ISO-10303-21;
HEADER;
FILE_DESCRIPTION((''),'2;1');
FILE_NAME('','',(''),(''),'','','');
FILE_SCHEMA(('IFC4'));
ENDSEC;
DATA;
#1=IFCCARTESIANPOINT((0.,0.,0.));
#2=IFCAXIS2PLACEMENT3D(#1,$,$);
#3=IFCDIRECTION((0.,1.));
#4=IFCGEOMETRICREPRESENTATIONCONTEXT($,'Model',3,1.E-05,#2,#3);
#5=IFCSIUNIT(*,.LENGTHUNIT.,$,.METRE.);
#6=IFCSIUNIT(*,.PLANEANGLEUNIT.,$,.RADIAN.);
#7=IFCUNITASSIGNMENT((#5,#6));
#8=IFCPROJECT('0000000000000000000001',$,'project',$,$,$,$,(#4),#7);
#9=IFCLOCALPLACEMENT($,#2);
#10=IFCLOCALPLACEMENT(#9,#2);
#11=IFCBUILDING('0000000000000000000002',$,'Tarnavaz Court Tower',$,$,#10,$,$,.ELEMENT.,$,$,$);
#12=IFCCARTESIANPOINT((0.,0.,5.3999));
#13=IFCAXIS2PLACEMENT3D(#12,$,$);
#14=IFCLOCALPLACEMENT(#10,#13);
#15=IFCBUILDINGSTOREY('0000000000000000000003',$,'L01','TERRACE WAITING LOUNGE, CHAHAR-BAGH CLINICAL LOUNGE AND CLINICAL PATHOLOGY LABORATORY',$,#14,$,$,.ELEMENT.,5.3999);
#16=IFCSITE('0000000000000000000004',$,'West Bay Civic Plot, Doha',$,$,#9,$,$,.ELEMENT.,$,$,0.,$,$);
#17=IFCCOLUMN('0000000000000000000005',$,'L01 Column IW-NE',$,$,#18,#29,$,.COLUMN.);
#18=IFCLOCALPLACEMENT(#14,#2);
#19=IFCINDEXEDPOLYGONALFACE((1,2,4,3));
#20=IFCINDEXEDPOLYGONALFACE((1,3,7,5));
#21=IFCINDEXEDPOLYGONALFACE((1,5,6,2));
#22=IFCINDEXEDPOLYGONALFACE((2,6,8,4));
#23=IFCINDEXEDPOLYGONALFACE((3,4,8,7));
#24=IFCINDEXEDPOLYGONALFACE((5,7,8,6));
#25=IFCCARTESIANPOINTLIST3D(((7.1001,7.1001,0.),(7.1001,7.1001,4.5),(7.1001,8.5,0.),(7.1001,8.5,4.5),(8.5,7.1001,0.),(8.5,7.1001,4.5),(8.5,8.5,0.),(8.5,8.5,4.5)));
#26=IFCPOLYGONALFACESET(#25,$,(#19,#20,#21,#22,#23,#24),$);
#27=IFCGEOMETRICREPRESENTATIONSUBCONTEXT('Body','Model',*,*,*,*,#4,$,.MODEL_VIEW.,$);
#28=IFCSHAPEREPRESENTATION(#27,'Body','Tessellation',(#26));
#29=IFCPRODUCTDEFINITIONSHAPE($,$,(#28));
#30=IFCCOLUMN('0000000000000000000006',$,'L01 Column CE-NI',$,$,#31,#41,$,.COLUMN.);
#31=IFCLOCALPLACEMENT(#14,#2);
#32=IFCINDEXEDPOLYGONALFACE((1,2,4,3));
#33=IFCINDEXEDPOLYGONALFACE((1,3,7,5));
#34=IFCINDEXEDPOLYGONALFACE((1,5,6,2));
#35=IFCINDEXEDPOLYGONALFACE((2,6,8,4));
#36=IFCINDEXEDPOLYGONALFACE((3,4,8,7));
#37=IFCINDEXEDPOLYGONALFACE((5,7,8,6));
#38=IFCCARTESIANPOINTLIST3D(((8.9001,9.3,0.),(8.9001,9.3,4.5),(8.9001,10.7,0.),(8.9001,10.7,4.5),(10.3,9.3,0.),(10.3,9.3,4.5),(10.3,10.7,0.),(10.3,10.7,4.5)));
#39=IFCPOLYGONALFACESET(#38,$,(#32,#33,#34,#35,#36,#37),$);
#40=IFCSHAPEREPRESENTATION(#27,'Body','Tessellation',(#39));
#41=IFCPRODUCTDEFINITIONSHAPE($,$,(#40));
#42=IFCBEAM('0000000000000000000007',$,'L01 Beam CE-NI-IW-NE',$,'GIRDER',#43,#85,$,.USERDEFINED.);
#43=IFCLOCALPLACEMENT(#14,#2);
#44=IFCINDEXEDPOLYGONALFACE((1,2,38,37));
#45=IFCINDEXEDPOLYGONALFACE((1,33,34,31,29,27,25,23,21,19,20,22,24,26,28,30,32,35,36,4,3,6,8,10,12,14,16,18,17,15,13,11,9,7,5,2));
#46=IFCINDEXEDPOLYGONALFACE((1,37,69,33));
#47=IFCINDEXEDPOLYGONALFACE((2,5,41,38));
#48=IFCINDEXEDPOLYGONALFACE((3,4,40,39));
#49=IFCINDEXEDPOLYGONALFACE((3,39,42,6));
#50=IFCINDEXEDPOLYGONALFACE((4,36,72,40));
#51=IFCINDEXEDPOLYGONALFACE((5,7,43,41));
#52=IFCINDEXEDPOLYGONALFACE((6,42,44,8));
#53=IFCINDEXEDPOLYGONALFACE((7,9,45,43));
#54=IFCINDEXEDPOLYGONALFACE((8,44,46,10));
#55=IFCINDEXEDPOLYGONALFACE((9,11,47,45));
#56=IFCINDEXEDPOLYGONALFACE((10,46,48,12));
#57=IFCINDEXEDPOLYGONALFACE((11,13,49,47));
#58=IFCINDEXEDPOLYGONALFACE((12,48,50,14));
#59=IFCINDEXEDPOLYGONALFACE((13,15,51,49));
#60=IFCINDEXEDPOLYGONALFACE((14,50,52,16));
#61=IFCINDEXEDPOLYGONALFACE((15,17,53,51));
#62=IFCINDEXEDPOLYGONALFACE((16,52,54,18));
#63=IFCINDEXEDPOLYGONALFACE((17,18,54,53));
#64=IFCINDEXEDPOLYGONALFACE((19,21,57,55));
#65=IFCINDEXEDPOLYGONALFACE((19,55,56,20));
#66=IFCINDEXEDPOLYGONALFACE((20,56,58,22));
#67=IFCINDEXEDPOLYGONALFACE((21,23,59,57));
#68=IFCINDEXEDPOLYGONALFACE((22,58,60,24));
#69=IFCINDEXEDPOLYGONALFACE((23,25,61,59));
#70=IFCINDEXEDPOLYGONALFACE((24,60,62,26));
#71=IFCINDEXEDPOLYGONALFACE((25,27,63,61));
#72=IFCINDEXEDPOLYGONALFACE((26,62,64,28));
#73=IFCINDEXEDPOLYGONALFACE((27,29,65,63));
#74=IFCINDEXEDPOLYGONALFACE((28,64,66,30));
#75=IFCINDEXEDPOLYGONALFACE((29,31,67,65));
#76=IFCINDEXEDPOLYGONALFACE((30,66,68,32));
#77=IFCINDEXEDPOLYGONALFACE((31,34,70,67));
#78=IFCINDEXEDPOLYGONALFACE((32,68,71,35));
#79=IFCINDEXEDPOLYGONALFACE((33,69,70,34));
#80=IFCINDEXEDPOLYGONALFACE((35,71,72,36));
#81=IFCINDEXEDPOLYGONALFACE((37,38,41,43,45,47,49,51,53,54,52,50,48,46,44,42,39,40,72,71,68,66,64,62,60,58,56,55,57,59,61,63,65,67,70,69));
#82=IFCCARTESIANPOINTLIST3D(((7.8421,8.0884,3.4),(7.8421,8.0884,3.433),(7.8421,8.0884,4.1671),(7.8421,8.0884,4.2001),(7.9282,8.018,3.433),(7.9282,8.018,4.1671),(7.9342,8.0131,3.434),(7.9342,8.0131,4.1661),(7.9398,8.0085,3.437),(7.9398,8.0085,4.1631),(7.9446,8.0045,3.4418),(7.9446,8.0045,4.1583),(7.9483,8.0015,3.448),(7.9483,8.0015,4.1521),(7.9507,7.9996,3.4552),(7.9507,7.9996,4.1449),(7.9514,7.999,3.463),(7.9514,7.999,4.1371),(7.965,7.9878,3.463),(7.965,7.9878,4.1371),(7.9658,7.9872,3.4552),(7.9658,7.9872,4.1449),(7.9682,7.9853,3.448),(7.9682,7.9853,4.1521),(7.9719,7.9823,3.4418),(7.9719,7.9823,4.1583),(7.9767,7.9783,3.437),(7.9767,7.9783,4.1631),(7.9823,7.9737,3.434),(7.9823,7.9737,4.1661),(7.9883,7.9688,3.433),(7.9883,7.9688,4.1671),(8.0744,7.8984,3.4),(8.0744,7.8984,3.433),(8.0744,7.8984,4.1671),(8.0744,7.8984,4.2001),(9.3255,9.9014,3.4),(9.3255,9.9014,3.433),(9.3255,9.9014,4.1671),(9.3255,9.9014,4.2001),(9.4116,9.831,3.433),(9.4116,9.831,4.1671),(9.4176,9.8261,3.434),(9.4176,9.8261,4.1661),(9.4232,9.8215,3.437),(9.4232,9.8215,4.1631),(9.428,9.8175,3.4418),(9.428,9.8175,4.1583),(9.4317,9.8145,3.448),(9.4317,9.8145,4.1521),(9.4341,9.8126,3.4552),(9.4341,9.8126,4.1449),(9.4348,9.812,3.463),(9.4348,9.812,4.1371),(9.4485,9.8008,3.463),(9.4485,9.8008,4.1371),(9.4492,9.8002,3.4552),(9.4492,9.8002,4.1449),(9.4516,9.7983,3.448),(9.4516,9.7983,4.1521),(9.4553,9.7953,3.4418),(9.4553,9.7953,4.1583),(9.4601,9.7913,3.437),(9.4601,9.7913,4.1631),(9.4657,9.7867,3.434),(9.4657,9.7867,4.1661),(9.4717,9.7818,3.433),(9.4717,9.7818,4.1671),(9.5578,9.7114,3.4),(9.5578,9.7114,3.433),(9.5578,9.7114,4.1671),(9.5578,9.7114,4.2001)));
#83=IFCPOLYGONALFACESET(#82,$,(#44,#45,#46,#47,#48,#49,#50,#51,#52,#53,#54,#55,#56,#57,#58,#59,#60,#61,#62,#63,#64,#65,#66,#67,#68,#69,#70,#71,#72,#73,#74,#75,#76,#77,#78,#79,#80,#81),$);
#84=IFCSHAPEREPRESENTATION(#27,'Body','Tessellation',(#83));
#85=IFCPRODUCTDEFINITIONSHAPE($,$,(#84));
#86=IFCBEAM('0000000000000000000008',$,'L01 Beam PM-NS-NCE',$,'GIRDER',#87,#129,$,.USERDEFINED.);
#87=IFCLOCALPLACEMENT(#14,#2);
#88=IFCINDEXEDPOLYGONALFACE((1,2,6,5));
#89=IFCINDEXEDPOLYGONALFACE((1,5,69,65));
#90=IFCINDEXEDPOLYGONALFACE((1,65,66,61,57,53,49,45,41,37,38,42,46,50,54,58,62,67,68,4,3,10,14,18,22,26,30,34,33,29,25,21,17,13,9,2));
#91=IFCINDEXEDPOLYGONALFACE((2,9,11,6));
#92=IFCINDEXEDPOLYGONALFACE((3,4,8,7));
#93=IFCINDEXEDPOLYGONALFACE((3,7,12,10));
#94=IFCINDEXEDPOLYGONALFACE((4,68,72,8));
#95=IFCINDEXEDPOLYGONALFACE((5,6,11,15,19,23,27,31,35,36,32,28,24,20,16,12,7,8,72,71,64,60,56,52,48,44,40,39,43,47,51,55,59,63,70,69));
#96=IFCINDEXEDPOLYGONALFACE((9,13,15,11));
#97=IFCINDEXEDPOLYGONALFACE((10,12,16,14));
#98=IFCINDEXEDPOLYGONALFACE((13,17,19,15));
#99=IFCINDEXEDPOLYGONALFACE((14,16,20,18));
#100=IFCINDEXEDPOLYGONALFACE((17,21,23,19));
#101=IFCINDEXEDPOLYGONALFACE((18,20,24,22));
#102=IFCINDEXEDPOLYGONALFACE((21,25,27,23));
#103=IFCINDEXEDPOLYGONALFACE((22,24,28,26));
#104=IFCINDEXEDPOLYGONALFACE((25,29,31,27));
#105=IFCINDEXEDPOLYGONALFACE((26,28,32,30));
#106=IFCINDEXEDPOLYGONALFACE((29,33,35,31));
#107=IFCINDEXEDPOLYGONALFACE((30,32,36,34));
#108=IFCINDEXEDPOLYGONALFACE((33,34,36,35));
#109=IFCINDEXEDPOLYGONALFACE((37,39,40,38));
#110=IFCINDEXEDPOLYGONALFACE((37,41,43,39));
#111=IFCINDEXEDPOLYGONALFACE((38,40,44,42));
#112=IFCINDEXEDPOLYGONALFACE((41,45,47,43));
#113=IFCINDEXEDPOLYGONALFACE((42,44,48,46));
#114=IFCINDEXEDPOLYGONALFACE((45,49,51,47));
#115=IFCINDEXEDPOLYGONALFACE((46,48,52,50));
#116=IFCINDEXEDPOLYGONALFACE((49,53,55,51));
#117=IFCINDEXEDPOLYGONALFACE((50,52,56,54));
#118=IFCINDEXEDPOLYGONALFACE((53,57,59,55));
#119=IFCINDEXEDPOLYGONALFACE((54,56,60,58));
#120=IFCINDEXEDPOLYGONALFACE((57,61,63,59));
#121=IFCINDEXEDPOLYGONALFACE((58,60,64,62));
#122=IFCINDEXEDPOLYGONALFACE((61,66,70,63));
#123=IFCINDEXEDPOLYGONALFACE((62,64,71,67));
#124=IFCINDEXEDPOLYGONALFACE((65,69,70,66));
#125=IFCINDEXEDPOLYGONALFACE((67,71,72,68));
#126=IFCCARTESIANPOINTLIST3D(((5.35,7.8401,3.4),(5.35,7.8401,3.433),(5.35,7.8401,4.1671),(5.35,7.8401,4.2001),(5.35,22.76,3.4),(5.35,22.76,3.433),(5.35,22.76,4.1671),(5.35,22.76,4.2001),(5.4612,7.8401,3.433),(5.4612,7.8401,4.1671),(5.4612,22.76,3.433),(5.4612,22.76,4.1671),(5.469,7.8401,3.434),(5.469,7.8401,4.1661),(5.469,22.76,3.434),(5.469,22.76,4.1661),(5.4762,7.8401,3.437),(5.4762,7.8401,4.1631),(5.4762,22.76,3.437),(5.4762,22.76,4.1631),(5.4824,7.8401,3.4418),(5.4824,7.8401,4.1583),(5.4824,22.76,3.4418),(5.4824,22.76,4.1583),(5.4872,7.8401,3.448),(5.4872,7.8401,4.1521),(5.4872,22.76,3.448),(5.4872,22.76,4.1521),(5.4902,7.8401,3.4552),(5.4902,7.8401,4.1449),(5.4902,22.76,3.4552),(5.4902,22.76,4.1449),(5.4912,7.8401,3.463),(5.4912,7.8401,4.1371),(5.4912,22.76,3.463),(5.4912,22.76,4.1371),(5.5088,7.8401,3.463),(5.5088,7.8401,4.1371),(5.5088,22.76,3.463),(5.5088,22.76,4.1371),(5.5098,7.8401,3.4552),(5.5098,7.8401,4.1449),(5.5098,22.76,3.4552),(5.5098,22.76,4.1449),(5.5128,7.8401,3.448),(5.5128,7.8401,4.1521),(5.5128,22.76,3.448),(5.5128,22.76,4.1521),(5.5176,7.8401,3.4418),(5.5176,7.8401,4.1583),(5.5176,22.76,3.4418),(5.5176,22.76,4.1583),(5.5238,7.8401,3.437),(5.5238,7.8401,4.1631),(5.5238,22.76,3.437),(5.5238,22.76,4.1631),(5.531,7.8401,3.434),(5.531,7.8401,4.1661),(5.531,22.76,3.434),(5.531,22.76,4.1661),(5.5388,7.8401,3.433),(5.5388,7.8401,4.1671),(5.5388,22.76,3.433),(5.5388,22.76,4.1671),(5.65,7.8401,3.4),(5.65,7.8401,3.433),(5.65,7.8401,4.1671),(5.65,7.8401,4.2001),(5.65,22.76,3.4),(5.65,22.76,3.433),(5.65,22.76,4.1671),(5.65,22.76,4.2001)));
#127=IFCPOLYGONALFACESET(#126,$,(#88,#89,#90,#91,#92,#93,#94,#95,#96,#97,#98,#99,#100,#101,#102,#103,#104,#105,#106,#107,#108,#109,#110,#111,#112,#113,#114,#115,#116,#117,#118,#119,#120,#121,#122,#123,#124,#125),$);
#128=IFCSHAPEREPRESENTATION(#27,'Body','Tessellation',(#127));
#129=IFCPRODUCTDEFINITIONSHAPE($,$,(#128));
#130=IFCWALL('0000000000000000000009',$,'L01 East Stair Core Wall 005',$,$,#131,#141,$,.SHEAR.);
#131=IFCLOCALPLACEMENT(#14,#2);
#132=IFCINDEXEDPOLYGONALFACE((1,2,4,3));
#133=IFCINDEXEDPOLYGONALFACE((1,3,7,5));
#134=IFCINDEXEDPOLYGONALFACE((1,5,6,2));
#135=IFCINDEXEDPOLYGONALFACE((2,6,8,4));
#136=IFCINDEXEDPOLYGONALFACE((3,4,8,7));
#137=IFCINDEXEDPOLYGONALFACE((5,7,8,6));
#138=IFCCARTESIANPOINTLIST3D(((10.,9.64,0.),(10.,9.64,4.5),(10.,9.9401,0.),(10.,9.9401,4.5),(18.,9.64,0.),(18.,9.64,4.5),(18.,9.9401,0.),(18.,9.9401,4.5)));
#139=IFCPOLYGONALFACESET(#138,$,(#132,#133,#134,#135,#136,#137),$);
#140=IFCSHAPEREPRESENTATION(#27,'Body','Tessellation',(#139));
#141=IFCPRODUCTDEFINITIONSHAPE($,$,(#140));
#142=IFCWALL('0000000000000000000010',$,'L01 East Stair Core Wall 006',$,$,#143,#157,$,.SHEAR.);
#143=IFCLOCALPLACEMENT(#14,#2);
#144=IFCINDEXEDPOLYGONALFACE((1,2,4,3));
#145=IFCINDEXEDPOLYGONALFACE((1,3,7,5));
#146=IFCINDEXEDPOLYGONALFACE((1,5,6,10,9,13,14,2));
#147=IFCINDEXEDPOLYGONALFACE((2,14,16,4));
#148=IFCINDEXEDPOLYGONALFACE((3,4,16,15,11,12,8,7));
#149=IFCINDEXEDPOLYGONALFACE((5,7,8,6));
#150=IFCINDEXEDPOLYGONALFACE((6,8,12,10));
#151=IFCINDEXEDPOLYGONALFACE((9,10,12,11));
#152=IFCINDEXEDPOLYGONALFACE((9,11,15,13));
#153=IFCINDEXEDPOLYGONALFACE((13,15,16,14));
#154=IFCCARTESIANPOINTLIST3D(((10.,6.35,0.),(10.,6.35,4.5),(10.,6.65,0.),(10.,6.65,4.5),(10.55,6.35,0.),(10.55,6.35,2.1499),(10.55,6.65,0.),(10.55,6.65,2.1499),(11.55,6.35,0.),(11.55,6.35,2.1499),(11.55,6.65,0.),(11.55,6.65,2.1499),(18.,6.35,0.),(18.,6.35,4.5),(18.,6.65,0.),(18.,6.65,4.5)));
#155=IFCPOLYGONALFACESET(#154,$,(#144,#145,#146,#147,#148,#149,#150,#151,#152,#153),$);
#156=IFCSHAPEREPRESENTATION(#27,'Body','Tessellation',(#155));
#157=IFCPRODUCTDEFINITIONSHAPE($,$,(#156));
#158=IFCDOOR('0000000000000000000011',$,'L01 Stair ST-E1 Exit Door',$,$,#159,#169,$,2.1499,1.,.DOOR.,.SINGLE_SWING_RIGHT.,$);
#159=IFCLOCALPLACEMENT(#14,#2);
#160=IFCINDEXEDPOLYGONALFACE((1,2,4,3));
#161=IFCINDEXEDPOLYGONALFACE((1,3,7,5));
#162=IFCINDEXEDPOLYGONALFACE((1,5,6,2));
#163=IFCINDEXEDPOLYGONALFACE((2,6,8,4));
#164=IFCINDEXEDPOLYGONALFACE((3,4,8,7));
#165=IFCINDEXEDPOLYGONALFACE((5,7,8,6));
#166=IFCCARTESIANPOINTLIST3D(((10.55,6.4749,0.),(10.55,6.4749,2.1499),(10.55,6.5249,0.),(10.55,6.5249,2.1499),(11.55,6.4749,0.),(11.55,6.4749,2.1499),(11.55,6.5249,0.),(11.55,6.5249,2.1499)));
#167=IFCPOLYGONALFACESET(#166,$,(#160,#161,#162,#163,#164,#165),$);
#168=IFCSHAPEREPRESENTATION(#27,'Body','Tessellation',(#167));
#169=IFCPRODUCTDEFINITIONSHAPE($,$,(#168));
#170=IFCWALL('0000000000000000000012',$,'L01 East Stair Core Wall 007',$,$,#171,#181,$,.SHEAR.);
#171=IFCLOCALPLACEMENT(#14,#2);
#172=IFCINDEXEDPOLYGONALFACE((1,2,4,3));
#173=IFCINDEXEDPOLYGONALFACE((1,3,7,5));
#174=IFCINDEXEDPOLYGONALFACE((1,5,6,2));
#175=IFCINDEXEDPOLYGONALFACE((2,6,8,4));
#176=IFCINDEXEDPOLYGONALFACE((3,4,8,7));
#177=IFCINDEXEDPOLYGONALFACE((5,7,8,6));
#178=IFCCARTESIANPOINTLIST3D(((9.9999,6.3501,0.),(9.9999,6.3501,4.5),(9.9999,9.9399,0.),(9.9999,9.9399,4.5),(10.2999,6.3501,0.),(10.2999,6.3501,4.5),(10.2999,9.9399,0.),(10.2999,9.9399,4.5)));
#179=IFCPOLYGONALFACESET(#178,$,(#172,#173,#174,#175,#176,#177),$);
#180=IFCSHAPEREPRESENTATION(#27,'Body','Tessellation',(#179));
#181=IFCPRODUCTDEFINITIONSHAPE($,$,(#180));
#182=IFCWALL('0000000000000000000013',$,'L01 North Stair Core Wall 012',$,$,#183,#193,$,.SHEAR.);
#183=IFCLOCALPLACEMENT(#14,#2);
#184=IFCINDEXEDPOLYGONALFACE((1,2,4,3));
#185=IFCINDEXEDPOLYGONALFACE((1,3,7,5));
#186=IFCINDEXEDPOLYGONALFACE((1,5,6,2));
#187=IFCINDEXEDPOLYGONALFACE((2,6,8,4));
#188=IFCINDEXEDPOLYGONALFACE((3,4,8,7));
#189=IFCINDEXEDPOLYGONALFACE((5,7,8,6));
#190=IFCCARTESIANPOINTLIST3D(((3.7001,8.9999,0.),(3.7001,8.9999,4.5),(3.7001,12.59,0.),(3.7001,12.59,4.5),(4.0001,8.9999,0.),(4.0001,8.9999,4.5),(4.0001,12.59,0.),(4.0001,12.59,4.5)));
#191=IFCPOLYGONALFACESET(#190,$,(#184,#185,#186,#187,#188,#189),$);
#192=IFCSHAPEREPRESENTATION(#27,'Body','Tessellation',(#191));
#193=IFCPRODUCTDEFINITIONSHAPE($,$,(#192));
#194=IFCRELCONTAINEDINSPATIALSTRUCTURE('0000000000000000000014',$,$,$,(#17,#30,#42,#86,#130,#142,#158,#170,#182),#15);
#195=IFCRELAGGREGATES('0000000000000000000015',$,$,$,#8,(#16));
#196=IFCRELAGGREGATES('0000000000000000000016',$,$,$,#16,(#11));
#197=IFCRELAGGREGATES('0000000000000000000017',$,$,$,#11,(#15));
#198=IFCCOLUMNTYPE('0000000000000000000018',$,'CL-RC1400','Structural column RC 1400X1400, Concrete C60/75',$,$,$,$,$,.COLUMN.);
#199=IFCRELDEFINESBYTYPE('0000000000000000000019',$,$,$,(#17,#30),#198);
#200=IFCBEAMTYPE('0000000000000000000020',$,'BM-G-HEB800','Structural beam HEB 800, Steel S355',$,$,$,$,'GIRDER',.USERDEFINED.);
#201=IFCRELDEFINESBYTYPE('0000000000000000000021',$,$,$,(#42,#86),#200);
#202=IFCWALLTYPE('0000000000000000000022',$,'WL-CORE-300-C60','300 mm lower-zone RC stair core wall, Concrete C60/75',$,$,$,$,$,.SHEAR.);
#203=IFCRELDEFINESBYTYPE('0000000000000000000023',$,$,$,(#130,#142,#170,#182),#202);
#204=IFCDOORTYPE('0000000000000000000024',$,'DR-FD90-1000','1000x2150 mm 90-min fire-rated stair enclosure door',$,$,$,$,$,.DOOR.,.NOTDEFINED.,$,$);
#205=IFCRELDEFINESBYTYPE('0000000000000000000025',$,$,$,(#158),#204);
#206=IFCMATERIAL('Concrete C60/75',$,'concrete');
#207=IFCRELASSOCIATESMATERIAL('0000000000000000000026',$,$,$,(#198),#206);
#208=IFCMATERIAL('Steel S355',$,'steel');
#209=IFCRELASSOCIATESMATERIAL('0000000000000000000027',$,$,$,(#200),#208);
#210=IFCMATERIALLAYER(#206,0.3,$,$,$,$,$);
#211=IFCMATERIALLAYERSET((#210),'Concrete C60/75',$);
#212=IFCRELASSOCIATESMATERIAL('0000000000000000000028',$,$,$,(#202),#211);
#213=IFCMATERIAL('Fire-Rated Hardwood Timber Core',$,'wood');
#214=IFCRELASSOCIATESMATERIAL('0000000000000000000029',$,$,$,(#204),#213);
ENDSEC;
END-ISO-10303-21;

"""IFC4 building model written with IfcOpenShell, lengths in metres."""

from ifc_helpers import new_model, si_unit, direction, frame, frame_2d, origin, origin_2d, place, context, subcontext, project, spatial, rectangle, i_section, extrude, material, layer, layer_set, material_profile, profile_set, type_object, element, fill, save


model = new_model("IFC4")

# Units and contexts
model_context = context("Model", 3, precision=1e-05, world=origin(), true_north=direction((0.0, 1.0)))
body_context = subcontext(model_context, "Body", "Model", "MODEL_VIEW")
ifc_project = project(units=[si_unit("LENGTHUNIT", "METRE"), si_unit("PLANEANGLEUNIT", "RADIAN")], contexts=[model_context])

# Site, building, storey
site_placement = place(None, origin())
site = spatial("IfcSite", under=ifc_project, at=site_placement, Name="West Bay Civic Plot, Doha", CompositionType="ELEMENT", RefElevation=0.0)
building_placement = place(site_placement, origin())
building = spatial("IfcBuilding", under=site, at=building_placement, Name="Tarnavaz Court Tower", CompositionType="ELEMENT")
storey_placement = place(building_placement, frame((0.0, 0.0, 5.3999)))
storey = spatial("IfcBuildingStorey", under=building, at=storey_placement, Name="L01", Description="TERRACE WAITING LOUNGE, CHAHAR-BAGH CLINICAL LOUNGE AND CLINICAL PATHOLOGY LABORATORY", CompositionType="ELEMENT", Elevation=5.3999)

# Columns
ifc_material_1 = material(Name="Concrete C60/75", Category="concrete")
ifc_material_profile_1 = material_profile(ifc_material_1, rectangle(XDim=1.3999, YDim=1.3999, at=origin_2d()), Name="RC 1400X1400")
ifc_profile_set_1 = profile_set([ifc_material_profile_1], Name="Concrete C60/75")
column_type = type_object("IfcColumnType", Name="CL-RC1400", Description="Structural column RC 1400X1400, Concrete C60/75", PredefinedType="COLUMN", material=ifc_profile_set_1)
for number, where, z_axis, x_axis, name in (
    (1, (7.8, 7.8, 0.0), (0.0, 0.0, 1.0), (1.0, 0.0, 0.0), "L01 Column IW-NE"),
    (2, (9.6001, 10.0, 0.0), (0.0, 0.0, 1.0), (1.0, 0.0, 0.0), "L01 Column CE-NI"),
):
    element("IfcColumn", number, at=place(storey_placement, frame(where, z_axis=z_axis, x_axis=x_axis)), inside=storey, type_object=column_type, Name=name, PredefinedType="COLUMN", context=body_context, shape_type="SweptSolid", body=[
        extrude(rectangle(XDim=1.3999, YDim=1.3999, at=origin_2d()), origin(), (0.0, 0.0, 1.0), 4.5),
    ])

# Beams
ifc_material_2 = material(Name="Steel S355", Category="steel")
ifc_material_profile_2 = material_profile(ifc_material_2, i_section(OverallWidth=0.3, OverallDepth=0.8, WebThickness=0.0176, FlangeThickness=0.033, FilletRadius=0.03, at=origin_2d()), Name="HEB 800")
ifc_profile_set_2 = profile_set([ifc_material_profile_2], Name="Steel S355")
beam_type = type_object("IfcBeamType", Name="BM-G-HEB800", Description="Structural beam HEB 800, Steel S355", ElementType="GIRDER", PredefinedType="USERDEFINED", material=ifc_profile_set_2)
beam_1_placement = place(storey_placement, frame((9.4417, 9.8064, 3.8), z_axis=(-0.633249, -0.773948, 0.0), x_axis=(0.773948, -0.633249, 0.0)))
element("IfcBeam", 3, at=beam_1_placement, inside=storey, type_object=beam_type, Name="L01 Beam CE-NI-IW-NE", ObjectType="GIRDER", PredefinedType="USERDEFINED", context=body_context, shape_type="SweptSolid", body=[
    extrude(i_section(OverallWidth=0.3, OverallDepth=0.8, WebThickness=0.0176, FlangeThickness=0.033, FilletRadius=0.03, at=origin_2d()), origin(), (0.0, 0.0, 1.0), 2.3425),
])
beam_2_placement = place(storey_placement, frame((5.5, 7.8401, 3.8), z_axis=(0.0, 1.0, 0.0), x_axis=(-1.0, 0.0, 0.0)))
element("IfcBeam", 4, at=beam_2_placement, inside=storey, type_object=beam_type, Name="L01 Beam PM-NS-NCE", ObjectType="GIRDER", PredefinedType="USERDEFINED", context=body_context, shape_type="SweptSolid", body=[
    extrude(i_section(OverallWidth=0.3, OverallDepth=0.8, WebThickness=0.0176, FlangeThickness=0.033, FilletRadius=0.03, at=origin_2d()), origin(), (0.0, 0.0, 1.0), 14.9199),
])

# Wall
ifc_layer_1 = layer(ifc_material_1, 0.3)
ifc_layer_set_1 = layer_set([ifc_layer_1], Name="Concrete C60/75")
wall_type_1 = type_object("IfcWallType", Name="WL-CORE-300-C60", Description="300 mm lower-zone RC stair core wall, Concrete C60/75", PredefinedType="SHEAR", material=ifc_layer_set_1)
wall_1_placement = place(storey_placement, frame((10.0, 9.79, 0.0), z_axis=(0.0, 0.0, 1.0), x_axis=(1.0, 0.0, 0.0)))
element("IfcWall", 5, at=wall_1_placement, inside=storey, type_object=wall_type_1, Name="L01 East Stair Core Wall 005", PredefinedType="SHEAR", context=body_context, shape_type="SweptSolid", body=[
    extrude(rectangle(XDim=8.0, YDim=0.3, at=frame_2d((4.0, 0.0))), origin(), (0.0, 0.0, 1.0), 4.5),
])

# Wall, opening, door
wall_2_placement = place(storey_placement, frame((10.0, 6.5, 0.0), z_axis=(0.0, 0.0, 1.0), x_axis=(1.0, 0.0, 0.0)))
wall_2 = element("IfcWall", 6, at=wall_2_placement, inside=storey, type_object=wall_type_1, Name="L01 East Stair Core Wall 006", PredefinedType="SHEAR", context=body_context, shape_type="SweptSolid", body=[
    extrude(rectangle(XDim=8.0, YDim=0.3, at=frame_2d((4.0, 0.0))), origin(), (0.0, 0.0, 1.0), 4.5),
])
opening_1_placement = place(wall_2_placement, frame((0.55, 0.0, 0.0)))
opening_1 = element("IfcOpeningElement", 7, at=opening_1_placement, cuts=wall_2, PredefinedType="OPENING", context=body_context, shape_type="SweptSolid", body=[
    extrude(rectangle(XDim=1.0, YDim=2.1499, at=frame_2d((0.5, 1.075))), frame((0.0, 0.1599, 0.0), z_axis=(0.0, -1.0, 0.0), x_axis=(1.0, 0.0, 0.0)), (0.0, 0.0, 1.0), 0.3201),
])
ifc_material_3 = material(Name="Fire-Rated Hardwood Timber Core", Category="wood")
door_type_1 = type_object("IfcDoorType", Name="DR-FD90-1000", Description="1000x2150 mm 90-min fire-rated stair enclosure door", OperationType="NOTDEFINED", PredefinedType="DOOR", material=ifc_material_3)
door_1_placement = place(opening_1_placement, origin())
door_1 = element("IfcDoor", 8, at=door_1_placement, inside=storey, type_object=door_type_1, Name="L01 Stair ST-E1 Exit Door", OperationType="SINGLE_SWING_RIGHT", OverallHeight=2.1499, OverallWidth=1.0, PredefinedType="DOOR", context=body_context, shape_type="SweptSolid", body=[
    extrude(rectangle(XDim=1.0, YDim=2.1499, at=frame_2d((0.5, 1.075))), frame((0.0, 0.0249, 0.0), z_axis=(0.0, -1.0, 0.0), x_axis=(1.0, 0.0, 0.0)), (0.0, 0.0, 1.0), 0.05),
])
fill(opening_1, door_1)

# Walls
wall_3_placement = place(storey_placement, frame((10.1499, 6.3501, 0.0), z_axis=(0.0, 0.0, 1.0), x_axis=(0.0, 1.0, 0.0)))
element("IfcWall", 9, at=wall_3_placement, inside=storey, type_object=wall_type_1, Name="L01 East Stair Core Wall 007", PredefinedType="SHEAR", context=body_context, shape_type="SweptSolid", body=[
    extrude(rectangle(XDim=3.5898, YDim=0.3, at=frame_2d((1.7949, 0.0))), origin(), (0.0, 0.0, 1.0), 4.5),
])
wall_4_placement = place(storey_placement, frame((3.8501, 9.0, 0.0), z_axis=(0.0, 0.0, 1.0), x_axis=(0.0, 1.0, 0.0)))
element("IfcWall", 10, at=wall_4_placement, inside=storey, type_object=wall_type_1, Name="L01 North Stair Core Wall 012", PredefinedType="SHEAR", context=body_context, shape_type="SweptSolid", body=[
    extrude(rectangle(XDim=3.5901, YDim=0.3, at=frame_2d((1.7949, 0.0))), origin(), (0.0, 0.0, 1.0), 4.5),
])

save(model, "model.ifc")
